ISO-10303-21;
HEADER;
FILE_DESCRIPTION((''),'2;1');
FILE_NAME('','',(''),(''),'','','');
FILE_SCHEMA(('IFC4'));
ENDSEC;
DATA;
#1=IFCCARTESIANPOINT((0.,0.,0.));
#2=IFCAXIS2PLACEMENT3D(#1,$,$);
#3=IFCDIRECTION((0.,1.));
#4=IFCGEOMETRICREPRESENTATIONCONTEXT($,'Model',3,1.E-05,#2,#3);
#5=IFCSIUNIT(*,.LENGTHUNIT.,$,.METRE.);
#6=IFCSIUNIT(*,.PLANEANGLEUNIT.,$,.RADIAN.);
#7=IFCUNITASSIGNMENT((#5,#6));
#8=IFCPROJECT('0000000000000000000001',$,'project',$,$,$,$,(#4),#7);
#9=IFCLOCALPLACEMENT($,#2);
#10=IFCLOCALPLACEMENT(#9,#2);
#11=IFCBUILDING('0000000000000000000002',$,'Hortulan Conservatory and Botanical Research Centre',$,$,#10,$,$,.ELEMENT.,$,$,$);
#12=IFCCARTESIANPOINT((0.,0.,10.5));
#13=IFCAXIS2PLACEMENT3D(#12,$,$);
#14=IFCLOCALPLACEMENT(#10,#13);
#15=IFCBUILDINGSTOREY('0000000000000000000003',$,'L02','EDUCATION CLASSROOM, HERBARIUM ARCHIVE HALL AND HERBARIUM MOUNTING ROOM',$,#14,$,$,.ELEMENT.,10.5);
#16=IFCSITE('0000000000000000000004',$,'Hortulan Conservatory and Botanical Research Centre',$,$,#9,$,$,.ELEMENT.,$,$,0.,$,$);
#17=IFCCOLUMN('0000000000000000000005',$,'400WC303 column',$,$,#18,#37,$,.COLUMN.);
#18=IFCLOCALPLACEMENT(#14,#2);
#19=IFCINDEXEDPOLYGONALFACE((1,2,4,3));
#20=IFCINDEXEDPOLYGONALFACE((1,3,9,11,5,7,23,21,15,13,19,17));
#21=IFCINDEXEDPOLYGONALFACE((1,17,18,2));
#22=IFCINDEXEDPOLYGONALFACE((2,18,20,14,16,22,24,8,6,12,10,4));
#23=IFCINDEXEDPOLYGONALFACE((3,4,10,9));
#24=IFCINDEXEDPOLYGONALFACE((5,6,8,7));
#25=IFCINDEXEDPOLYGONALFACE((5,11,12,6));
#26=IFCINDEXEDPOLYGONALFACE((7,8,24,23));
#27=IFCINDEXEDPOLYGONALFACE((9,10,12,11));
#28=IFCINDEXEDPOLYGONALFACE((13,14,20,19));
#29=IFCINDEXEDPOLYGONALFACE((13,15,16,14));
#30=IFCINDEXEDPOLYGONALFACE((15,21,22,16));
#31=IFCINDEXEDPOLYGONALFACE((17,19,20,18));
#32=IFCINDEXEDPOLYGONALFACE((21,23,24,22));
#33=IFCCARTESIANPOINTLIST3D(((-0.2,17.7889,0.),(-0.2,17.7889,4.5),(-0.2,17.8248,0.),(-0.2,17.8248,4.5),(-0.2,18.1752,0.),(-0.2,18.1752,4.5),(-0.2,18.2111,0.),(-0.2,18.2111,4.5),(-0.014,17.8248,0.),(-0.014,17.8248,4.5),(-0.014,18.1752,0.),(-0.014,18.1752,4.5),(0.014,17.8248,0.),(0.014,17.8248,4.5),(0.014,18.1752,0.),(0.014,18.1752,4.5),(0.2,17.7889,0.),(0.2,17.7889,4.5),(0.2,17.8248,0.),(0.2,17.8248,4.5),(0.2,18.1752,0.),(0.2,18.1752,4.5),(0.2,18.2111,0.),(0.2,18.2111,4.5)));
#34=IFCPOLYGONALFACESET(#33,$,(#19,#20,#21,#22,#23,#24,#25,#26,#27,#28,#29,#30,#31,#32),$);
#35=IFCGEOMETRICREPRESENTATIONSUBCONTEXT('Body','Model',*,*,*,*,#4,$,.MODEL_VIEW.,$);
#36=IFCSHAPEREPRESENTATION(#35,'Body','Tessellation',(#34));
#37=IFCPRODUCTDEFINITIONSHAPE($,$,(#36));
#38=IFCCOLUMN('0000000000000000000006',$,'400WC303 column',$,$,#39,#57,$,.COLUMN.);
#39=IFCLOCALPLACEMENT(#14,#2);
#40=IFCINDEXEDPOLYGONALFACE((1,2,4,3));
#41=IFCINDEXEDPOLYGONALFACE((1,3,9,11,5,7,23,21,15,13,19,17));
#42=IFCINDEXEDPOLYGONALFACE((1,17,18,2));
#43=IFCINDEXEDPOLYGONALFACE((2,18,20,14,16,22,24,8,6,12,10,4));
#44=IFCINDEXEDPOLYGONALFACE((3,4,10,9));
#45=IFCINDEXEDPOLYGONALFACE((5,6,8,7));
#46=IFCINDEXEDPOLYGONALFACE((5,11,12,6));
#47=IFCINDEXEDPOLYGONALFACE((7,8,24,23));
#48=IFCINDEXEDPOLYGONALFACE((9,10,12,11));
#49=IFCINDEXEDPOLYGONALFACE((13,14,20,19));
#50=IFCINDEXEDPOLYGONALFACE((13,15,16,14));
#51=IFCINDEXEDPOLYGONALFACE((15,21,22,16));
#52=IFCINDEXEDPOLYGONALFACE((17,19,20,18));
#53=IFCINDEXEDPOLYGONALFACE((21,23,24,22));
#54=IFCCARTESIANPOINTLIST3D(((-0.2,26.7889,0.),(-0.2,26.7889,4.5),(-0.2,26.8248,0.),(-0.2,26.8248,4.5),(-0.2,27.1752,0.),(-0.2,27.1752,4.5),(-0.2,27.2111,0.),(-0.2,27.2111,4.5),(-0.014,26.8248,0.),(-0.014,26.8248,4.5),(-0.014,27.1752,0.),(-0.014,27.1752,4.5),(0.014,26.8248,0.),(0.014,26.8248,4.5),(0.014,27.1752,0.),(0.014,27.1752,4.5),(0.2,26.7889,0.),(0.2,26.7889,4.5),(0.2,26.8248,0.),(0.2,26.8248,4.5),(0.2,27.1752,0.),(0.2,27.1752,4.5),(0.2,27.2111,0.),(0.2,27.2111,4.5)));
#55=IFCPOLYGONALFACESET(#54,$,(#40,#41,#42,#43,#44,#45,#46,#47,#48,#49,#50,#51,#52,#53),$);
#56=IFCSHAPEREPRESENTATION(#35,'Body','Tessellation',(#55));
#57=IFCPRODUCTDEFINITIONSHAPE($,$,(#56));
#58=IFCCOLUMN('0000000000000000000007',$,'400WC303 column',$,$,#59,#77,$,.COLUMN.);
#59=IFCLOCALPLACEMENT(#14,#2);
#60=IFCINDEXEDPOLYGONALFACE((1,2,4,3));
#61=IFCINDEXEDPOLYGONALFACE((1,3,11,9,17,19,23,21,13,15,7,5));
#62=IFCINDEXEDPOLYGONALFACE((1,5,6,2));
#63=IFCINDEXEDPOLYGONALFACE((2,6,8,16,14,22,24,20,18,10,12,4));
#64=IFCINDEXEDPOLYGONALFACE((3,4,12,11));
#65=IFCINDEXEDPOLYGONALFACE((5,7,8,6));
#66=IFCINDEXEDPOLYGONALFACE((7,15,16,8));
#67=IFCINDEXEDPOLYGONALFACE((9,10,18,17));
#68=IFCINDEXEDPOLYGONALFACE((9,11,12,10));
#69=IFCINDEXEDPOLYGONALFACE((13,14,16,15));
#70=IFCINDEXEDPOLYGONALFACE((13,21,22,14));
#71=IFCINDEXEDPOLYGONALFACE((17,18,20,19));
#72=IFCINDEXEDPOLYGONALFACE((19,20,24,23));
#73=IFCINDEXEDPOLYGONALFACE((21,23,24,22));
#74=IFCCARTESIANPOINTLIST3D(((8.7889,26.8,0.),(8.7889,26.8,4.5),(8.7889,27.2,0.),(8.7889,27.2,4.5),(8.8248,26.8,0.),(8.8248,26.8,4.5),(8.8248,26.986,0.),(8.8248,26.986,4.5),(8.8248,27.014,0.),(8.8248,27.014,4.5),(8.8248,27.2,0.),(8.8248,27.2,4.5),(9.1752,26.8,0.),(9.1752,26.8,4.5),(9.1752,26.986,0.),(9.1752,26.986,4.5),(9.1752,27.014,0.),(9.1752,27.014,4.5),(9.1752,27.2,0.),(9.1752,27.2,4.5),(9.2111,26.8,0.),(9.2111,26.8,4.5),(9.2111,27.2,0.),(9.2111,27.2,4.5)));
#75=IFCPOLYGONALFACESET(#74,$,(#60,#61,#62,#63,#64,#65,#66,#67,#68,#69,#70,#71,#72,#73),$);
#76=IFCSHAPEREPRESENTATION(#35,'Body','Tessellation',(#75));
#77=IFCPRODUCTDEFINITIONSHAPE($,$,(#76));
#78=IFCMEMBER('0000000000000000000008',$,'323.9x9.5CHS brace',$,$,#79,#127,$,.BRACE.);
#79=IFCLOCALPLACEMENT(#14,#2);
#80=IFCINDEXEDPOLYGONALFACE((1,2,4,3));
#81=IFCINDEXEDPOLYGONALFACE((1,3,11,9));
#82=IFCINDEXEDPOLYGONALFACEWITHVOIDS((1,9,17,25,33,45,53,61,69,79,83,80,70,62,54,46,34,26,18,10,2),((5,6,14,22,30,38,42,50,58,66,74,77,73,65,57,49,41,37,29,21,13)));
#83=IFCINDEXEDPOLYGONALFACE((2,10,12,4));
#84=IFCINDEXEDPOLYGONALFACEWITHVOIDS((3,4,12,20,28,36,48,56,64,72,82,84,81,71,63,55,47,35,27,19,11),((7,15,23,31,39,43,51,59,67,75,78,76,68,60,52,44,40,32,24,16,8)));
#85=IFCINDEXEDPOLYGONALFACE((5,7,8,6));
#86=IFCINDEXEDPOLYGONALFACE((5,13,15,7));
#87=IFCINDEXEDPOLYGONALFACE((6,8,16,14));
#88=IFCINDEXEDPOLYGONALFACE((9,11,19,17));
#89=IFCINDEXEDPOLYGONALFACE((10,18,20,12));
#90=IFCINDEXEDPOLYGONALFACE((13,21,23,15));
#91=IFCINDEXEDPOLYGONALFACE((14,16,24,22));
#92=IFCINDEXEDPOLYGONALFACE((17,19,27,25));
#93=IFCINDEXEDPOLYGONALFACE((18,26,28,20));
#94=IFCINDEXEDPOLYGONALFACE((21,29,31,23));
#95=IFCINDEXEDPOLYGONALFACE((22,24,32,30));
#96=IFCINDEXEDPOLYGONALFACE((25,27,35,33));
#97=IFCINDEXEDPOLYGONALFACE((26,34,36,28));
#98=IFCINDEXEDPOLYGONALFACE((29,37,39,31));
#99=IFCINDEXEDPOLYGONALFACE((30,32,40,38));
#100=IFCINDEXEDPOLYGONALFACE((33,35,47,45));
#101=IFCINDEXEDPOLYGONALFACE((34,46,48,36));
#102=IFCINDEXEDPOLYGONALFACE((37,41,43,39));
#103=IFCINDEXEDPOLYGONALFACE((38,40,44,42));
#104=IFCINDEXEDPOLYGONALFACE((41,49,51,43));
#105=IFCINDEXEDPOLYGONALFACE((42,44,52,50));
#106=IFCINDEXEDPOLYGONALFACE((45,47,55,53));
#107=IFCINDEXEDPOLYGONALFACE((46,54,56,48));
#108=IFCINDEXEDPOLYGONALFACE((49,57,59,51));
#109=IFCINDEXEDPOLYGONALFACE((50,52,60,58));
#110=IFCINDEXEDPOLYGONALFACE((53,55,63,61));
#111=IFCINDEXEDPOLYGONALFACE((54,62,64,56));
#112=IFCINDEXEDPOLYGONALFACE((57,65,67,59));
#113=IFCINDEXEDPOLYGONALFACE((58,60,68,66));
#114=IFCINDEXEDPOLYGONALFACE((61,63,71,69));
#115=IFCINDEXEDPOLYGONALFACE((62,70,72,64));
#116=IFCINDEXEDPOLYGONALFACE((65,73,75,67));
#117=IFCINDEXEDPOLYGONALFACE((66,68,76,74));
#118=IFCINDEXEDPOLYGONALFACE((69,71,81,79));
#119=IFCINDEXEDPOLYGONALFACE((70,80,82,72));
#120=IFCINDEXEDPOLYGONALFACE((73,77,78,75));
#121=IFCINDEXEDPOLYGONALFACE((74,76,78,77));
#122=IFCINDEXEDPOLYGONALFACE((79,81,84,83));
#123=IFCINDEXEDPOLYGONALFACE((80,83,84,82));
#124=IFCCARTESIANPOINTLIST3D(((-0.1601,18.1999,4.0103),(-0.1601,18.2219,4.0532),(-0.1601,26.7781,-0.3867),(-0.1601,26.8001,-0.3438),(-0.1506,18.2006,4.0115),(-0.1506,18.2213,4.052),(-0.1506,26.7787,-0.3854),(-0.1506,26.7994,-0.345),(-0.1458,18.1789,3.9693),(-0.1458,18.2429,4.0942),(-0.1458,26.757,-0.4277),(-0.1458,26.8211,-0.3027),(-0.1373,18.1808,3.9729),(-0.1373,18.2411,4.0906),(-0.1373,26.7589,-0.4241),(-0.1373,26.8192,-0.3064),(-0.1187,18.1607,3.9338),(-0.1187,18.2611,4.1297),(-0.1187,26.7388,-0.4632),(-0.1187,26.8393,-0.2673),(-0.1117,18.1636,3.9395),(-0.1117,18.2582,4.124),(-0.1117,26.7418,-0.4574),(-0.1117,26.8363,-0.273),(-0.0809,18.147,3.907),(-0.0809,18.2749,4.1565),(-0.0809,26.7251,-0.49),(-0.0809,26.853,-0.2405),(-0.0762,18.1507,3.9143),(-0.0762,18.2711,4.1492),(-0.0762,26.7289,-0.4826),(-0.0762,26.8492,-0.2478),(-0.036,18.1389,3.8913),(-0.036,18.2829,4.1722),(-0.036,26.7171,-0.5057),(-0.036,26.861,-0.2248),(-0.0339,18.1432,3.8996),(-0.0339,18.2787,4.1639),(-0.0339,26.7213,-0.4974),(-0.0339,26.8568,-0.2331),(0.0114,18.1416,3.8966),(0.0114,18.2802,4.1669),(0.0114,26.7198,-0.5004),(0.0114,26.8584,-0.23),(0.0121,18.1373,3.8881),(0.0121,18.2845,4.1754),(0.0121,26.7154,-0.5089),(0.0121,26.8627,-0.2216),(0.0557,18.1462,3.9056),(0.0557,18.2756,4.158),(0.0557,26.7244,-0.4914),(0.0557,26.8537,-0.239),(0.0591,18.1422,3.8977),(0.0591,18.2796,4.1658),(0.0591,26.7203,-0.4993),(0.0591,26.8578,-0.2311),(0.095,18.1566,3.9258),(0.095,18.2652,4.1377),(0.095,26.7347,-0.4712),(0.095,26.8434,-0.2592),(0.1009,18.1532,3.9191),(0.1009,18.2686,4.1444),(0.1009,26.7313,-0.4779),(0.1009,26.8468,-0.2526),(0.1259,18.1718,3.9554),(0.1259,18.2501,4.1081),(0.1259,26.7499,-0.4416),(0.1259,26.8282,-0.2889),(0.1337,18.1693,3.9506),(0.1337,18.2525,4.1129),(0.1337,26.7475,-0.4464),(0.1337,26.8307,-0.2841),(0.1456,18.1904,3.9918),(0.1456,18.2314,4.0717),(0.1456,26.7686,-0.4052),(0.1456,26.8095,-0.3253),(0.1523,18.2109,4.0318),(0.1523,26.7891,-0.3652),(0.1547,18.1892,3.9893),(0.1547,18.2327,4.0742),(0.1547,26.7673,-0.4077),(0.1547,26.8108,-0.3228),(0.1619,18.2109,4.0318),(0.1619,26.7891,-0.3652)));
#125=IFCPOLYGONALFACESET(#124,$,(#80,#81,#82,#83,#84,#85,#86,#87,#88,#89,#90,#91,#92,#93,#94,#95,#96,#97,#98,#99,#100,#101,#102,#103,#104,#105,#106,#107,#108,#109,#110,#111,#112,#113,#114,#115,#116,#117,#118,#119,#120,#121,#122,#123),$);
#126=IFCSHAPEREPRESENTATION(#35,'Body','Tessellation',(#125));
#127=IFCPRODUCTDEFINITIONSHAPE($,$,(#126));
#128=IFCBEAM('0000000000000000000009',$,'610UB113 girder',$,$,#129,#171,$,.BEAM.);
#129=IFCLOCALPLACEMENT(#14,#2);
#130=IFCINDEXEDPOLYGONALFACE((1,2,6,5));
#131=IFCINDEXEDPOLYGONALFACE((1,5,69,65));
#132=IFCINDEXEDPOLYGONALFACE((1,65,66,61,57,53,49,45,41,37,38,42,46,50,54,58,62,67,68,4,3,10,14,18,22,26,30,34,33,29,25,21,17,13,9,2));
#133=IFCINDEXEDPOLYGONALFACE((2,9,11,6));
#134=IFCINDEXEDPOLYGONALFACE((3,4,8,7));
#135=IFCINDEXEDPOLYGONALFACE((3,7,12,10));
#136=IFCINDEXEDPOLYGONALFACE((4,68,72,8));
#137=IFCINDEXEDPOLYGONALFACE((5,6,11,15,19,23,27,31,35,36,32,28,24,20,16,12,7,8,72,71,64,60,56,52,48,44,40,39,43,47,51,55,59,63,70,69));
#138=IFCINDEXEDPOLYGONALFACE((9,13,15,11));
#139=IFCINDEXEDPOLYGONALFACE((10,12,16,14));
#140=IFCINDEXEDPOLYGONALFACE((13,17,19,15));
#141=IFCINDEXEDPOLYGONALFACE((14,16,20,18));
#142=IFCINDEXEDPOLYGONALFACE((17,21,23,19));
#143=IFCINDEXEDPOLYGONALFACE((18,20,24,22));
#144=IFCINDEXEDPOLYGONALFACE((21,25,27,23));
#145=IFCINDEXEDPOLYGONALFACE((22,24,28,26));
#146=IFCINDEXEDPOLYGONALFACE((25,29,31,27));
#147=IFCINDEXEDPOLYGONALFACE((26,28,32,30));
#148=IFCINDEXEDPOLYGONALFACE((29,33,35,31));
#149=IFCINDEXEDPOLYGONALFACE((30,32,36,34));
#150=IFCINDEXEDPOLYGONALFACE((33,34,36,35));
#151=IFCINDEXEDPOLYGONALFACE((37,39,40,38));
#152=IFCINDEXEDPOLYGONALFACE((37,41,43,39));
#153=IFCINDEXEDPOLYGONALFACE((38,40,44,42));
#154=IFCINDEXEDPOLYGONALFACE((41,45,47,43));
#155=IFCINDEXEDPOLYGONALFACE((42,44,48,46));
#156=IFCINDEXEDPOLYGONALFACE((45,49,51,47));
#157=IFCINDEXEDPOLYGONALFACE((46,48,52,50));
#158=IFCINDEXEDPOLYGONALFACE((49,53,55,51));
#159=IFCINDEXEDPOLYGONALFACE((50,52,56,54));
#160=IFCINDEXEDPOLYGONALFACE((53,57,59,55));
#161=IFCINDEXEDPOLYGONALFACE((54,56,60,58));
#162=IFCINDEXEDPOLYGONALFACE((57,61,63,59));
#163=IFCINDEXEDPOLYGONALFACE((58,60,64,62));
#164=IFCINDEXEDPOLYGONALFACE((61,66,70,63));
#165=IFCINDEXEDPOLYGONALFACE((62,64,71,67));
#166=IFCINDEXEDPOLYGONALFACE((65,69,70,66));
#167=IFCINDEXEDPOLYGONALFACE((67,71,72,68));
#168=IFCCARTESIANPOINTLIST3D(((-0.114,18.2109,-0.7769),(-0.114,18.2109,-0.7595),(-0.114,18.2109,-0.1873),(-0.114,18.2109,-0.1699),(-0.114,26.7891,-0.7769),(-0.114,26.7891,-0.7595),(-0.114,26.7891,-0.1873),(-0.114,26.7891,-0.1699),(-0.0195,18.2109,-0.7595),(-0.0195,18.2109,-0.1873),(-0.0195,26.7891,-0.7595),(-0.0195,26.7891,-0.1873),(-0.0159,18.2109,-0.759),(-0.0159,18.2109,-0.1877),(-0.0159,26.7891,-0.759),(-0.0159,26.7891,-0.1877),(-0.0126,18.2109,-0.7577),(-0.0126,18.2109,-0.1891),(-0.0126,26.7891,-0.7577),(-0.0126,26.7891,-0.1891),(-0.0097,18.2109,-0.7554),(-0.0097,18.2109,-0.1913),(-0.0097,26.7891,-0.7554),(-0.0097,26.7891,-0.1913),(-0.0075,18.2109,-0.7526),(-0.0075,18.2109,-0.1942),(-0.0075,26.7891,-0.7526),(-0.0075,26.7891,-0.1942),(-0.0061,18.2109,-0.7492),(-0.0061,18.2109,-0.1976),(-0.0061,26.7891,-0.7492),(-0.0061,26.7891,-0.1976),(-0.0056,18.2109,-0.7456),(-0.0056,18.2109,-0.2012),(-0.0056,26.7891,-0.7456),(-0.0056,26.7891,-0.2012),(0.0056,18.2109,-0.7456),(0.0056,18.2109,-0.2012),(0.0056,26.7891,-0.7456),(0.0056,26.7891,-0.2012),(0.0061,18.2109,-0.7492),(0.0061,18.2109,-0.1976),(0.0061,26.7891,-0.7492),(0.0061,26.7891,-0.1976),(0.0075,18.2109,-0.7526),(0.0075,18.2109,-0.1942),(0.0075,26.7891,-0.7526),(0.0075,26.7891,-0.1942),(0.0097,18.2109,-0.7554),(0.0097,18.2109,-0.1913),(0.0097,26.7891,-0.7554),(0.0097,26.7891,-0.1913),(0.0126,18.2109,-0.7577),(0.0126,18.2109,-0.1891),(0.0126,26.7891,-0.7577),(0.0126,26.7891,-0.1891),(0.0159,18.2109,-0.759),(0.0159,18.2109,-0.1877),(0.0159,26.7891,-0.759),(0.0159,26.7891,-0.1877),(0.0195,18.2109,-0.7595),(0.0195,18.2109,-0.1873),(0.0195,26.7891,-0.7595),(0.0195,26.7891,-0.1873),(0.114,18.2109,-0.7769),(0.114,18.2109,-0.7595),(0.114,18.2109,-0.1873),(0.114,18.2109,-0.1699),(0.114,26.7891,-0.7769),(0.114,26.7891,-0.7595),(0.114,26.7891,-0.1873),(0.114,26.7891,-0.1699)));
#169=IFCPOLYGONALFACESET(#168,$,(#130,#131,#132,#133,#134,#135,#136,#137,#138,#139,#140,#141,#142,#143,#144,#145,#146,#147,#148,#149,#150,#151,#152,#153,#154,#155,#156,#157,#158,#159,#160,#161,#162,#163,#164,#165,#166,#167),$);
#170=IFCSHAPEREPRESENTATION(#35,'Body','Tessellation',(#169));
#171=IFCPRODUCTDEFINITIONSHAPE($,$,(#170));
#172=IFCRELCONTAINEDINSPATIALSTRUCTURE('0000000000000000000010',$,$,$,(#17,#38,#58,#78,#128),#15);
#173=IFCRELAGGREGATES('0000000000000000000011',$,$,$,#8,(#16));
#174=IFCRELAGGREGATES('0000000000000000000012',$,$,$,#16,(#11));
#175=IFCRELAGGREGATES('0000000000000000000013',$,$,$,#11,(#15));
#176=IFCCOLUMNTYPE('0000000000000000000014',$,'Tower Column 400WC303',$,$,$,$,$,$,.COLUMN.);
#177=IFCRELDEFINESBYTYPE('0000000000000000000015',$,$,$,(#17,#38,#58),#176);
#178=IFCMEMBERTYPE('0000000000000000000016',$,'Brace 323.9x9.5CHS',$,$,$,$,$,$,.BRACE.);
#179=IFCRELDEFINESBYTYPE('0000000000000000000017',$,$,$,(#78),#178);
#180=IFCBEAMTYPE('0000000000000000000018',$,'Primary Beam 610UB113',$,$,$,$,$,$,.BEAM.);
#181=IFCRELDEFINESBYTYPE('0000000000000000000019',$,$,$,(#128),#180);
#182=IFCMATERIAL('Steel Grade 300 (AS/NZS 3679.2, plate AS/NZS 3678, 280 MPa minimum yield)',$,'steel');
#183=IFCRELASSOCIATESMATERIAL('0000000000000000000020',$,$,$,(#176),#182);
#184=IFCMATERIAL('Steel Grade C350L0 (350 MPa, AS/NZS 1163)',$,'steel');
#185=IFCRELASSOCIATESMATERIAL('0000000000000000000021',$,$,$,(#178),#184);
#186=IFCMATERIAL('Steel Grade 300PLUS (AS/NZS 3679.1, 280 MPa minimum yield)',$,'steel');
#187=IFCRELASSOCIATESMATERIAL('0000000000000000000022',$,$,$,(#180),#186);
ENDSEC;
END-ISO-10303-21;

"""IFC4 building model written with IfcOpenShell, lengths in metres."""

from ifc_helpers import new_model, si_unit, direction, frame, origin, origin_2d, place, context, subcontext, project, spatial, hollow_circle, i_section, extrude, material, material_profile, profile_set, type_object, element, save


model = new_model("IFC4")

# Units and contexts
model_context = context("Model", 3, precision=1e-05, world=origin(), true_north=direction((0.0, 1.0)))
body_context = subcontext(model_context, "Body", "Model", "MODEL_VIEW")
ifc_project = project(units=[si_unit("LENGTHUNIT", "METRE"), si_unit("PLANEANGLEUNIT", "RADIAN")], contexts=[model_context])

# Site, building, storey
site_placement = place(None, origin())
site = spatial("IfcSite", under=ifc_project, at=site_placement, Name="Hortulan Conservatory and Botanical Research Centre", CompositionType="ELEMENT", RefElevation=0.0)
building_placement = place(site_placement, origin())
building = spatial("IfcBuilding", under=site, at=building_placement, Name="Hortulan Conservatory and Botanical Research Centre", CompositionType="ELEMENT")
storey_placement = place(building_placement, frame((0.0, 0.0, 10.5)))
storey = spatial("IfcBuildingStorey", under=building, at=storey_placement, Name="L02", Description="EDUCATION CLASSROOM, HERBARIUM ARCHIVE HALL AND HERBARIUM MOUNTING ROOM", CompositionType="ELEMENT", Elevation=10.5)

# Columns
ifc_material_1 = material(Name="Steel Grade 300 (AS/NZS 3679.2, plate AS/NZS 3678, 280 MPa minimum yield)", Category="steel")
ifc_material_profile_1 = material_profile(ifc_material_1, i_section(OverallWidth=0.3999, OverallDepth=0.4221, WebThickness=0.0281, FlangeThickness=0.0359, at=origin_2d()), Name="400WC303")
ifc_profile_set_1 = profile_set([ifc_material_profile_1], Name="Steel Grade 300 (AS/NZS 3679.2, plate AS/NZS 3678, 280 MPa minimum yield)")
column_type = type_object("IfcColumnType", Name="Tower Column 400WC303", PredefinedType="COLUMN", material=ifc_profile_set_1)
for number, where, z_axis, x_axis, name in (
    (1, (0.0, 18.0, 0.0), (0.0, 0.0, 1.0), (1.0, 0.0, 0.0), "400WC303 column"),
    (2, (0.0, 27.0, 0.0), (0.0, 0.0, 1.0), (1.0, 0.0, 0.0), "400WC303 column"),
    (3, (9.0, 27.0, 0.0), (0.0, 0.0, 1.0), (0.0, 1.0, 0.0), "400WC303 column"),
):
    element("IfcColumn", number, at=place(storey_placement, frame(where, z_axis=z_axis, x_axis=x_axis)), inside=storey, type_object=column_type, Name=name, PredefinedType="COLUMN", context=body_context, shape_type="SweptSolid", body=[
        extrude(i_section(OverallWidth=0.3999, OverallDepth=0.4221, WebThickness=0.0281, FlangeThickness=0.0359, at=origin_2d()), origin(), (0.0, 0.0, 1.0), 4.5),
    ])

# Member
ifc_material_2 = material(Name="Steel Grade C350L0 (350 MPa, AS/NZS 1163)", Category="steel")
ifc_material_profile_2 = material_profile(ifc_material_2, hollow_circle(Radius=0.1619, WallThickness=0.0095, at=origin_2d()), Name="323.9x9.5CHS")
ifc_profile_set_2 = profile_set([ifc_material_profile_2], Name="Steel Grade C350L0 (350 MPa, AS/NZS 1163)")
member_type = type_object("IfcMemberType", Name="Brace 323.9x9.5CHS", PredefinedType="BRACE", material=ifc_profile_set_2)
member_placement = place(storey_placement, frame((0.0, 26.7891, -0.3652), z_axis=(0.0, -0.889904, 0.456147), x_axis=(1.0, 0.0, 0.0)))
element("IfcMember", 4, at=member_placement, inside=storey, type_object=member_type, Name="323.9x9.5CHS brace", PredefinedType="BRACE", context=body_context, shape_type="SweptSolid", body=[
    extrude(hollow_circle(Radius=0.1619, WallThickness=0.0095, at=origin_2d()), origin(), (0.0, 0.0, 1.0), 9.6394),
])

# Beam
ifc_material_3 = material(Name="Steel Grade 300PLUS (AS/NZS 3679.1, 280 MPa minimum yield)", Category="steel")
ifc_material_profile_3 = material_profile(ifc_material_3, i_section(OverallWidth=0.228, OverallDepth=0.6069, WebThickness=0.0112, FlangeThickness=0.0173, FilletRadius=0.0139, at=origin_2d()), Name="610UB113")
ifc_profile_set_3 = profile_set([ifc_material_profile_3], Name="Steel Grade 300PLUS (AS/NZS 3679.1, 280 MPa minimum yield)")
beam_type_1 = type_object("IfcBeamType", Name="Primary Beam 610UB113", PredefinedType="BEAM", material=ifc_profile_set_3)
beam_1_placement = place(storey_placement, frame((0.0, 18.2109, -0.4734), z_axis=(0.0, 1.0, 0.0), x_axis=(-1.0, 0.0, 0.0)))
element("IfcBeam", 5, at=beam_1_placement, inside=storey, type_object=beam_type_1, Name="610UB113 girder", PredefinedType="BEAM", context=body_context, shape_type="SweptSolid", body=[
    extrude(i_section(OverallWidth=0.228, OverallDepth=0.6069, WebThickness=0.0112, FlangeThickness=0.0173, FilletRadius=0.0139, at=origin_2d()), origin(), (0.0, 0.0, 1.0), 8.5781),
])

save(model, "model.ifc")
